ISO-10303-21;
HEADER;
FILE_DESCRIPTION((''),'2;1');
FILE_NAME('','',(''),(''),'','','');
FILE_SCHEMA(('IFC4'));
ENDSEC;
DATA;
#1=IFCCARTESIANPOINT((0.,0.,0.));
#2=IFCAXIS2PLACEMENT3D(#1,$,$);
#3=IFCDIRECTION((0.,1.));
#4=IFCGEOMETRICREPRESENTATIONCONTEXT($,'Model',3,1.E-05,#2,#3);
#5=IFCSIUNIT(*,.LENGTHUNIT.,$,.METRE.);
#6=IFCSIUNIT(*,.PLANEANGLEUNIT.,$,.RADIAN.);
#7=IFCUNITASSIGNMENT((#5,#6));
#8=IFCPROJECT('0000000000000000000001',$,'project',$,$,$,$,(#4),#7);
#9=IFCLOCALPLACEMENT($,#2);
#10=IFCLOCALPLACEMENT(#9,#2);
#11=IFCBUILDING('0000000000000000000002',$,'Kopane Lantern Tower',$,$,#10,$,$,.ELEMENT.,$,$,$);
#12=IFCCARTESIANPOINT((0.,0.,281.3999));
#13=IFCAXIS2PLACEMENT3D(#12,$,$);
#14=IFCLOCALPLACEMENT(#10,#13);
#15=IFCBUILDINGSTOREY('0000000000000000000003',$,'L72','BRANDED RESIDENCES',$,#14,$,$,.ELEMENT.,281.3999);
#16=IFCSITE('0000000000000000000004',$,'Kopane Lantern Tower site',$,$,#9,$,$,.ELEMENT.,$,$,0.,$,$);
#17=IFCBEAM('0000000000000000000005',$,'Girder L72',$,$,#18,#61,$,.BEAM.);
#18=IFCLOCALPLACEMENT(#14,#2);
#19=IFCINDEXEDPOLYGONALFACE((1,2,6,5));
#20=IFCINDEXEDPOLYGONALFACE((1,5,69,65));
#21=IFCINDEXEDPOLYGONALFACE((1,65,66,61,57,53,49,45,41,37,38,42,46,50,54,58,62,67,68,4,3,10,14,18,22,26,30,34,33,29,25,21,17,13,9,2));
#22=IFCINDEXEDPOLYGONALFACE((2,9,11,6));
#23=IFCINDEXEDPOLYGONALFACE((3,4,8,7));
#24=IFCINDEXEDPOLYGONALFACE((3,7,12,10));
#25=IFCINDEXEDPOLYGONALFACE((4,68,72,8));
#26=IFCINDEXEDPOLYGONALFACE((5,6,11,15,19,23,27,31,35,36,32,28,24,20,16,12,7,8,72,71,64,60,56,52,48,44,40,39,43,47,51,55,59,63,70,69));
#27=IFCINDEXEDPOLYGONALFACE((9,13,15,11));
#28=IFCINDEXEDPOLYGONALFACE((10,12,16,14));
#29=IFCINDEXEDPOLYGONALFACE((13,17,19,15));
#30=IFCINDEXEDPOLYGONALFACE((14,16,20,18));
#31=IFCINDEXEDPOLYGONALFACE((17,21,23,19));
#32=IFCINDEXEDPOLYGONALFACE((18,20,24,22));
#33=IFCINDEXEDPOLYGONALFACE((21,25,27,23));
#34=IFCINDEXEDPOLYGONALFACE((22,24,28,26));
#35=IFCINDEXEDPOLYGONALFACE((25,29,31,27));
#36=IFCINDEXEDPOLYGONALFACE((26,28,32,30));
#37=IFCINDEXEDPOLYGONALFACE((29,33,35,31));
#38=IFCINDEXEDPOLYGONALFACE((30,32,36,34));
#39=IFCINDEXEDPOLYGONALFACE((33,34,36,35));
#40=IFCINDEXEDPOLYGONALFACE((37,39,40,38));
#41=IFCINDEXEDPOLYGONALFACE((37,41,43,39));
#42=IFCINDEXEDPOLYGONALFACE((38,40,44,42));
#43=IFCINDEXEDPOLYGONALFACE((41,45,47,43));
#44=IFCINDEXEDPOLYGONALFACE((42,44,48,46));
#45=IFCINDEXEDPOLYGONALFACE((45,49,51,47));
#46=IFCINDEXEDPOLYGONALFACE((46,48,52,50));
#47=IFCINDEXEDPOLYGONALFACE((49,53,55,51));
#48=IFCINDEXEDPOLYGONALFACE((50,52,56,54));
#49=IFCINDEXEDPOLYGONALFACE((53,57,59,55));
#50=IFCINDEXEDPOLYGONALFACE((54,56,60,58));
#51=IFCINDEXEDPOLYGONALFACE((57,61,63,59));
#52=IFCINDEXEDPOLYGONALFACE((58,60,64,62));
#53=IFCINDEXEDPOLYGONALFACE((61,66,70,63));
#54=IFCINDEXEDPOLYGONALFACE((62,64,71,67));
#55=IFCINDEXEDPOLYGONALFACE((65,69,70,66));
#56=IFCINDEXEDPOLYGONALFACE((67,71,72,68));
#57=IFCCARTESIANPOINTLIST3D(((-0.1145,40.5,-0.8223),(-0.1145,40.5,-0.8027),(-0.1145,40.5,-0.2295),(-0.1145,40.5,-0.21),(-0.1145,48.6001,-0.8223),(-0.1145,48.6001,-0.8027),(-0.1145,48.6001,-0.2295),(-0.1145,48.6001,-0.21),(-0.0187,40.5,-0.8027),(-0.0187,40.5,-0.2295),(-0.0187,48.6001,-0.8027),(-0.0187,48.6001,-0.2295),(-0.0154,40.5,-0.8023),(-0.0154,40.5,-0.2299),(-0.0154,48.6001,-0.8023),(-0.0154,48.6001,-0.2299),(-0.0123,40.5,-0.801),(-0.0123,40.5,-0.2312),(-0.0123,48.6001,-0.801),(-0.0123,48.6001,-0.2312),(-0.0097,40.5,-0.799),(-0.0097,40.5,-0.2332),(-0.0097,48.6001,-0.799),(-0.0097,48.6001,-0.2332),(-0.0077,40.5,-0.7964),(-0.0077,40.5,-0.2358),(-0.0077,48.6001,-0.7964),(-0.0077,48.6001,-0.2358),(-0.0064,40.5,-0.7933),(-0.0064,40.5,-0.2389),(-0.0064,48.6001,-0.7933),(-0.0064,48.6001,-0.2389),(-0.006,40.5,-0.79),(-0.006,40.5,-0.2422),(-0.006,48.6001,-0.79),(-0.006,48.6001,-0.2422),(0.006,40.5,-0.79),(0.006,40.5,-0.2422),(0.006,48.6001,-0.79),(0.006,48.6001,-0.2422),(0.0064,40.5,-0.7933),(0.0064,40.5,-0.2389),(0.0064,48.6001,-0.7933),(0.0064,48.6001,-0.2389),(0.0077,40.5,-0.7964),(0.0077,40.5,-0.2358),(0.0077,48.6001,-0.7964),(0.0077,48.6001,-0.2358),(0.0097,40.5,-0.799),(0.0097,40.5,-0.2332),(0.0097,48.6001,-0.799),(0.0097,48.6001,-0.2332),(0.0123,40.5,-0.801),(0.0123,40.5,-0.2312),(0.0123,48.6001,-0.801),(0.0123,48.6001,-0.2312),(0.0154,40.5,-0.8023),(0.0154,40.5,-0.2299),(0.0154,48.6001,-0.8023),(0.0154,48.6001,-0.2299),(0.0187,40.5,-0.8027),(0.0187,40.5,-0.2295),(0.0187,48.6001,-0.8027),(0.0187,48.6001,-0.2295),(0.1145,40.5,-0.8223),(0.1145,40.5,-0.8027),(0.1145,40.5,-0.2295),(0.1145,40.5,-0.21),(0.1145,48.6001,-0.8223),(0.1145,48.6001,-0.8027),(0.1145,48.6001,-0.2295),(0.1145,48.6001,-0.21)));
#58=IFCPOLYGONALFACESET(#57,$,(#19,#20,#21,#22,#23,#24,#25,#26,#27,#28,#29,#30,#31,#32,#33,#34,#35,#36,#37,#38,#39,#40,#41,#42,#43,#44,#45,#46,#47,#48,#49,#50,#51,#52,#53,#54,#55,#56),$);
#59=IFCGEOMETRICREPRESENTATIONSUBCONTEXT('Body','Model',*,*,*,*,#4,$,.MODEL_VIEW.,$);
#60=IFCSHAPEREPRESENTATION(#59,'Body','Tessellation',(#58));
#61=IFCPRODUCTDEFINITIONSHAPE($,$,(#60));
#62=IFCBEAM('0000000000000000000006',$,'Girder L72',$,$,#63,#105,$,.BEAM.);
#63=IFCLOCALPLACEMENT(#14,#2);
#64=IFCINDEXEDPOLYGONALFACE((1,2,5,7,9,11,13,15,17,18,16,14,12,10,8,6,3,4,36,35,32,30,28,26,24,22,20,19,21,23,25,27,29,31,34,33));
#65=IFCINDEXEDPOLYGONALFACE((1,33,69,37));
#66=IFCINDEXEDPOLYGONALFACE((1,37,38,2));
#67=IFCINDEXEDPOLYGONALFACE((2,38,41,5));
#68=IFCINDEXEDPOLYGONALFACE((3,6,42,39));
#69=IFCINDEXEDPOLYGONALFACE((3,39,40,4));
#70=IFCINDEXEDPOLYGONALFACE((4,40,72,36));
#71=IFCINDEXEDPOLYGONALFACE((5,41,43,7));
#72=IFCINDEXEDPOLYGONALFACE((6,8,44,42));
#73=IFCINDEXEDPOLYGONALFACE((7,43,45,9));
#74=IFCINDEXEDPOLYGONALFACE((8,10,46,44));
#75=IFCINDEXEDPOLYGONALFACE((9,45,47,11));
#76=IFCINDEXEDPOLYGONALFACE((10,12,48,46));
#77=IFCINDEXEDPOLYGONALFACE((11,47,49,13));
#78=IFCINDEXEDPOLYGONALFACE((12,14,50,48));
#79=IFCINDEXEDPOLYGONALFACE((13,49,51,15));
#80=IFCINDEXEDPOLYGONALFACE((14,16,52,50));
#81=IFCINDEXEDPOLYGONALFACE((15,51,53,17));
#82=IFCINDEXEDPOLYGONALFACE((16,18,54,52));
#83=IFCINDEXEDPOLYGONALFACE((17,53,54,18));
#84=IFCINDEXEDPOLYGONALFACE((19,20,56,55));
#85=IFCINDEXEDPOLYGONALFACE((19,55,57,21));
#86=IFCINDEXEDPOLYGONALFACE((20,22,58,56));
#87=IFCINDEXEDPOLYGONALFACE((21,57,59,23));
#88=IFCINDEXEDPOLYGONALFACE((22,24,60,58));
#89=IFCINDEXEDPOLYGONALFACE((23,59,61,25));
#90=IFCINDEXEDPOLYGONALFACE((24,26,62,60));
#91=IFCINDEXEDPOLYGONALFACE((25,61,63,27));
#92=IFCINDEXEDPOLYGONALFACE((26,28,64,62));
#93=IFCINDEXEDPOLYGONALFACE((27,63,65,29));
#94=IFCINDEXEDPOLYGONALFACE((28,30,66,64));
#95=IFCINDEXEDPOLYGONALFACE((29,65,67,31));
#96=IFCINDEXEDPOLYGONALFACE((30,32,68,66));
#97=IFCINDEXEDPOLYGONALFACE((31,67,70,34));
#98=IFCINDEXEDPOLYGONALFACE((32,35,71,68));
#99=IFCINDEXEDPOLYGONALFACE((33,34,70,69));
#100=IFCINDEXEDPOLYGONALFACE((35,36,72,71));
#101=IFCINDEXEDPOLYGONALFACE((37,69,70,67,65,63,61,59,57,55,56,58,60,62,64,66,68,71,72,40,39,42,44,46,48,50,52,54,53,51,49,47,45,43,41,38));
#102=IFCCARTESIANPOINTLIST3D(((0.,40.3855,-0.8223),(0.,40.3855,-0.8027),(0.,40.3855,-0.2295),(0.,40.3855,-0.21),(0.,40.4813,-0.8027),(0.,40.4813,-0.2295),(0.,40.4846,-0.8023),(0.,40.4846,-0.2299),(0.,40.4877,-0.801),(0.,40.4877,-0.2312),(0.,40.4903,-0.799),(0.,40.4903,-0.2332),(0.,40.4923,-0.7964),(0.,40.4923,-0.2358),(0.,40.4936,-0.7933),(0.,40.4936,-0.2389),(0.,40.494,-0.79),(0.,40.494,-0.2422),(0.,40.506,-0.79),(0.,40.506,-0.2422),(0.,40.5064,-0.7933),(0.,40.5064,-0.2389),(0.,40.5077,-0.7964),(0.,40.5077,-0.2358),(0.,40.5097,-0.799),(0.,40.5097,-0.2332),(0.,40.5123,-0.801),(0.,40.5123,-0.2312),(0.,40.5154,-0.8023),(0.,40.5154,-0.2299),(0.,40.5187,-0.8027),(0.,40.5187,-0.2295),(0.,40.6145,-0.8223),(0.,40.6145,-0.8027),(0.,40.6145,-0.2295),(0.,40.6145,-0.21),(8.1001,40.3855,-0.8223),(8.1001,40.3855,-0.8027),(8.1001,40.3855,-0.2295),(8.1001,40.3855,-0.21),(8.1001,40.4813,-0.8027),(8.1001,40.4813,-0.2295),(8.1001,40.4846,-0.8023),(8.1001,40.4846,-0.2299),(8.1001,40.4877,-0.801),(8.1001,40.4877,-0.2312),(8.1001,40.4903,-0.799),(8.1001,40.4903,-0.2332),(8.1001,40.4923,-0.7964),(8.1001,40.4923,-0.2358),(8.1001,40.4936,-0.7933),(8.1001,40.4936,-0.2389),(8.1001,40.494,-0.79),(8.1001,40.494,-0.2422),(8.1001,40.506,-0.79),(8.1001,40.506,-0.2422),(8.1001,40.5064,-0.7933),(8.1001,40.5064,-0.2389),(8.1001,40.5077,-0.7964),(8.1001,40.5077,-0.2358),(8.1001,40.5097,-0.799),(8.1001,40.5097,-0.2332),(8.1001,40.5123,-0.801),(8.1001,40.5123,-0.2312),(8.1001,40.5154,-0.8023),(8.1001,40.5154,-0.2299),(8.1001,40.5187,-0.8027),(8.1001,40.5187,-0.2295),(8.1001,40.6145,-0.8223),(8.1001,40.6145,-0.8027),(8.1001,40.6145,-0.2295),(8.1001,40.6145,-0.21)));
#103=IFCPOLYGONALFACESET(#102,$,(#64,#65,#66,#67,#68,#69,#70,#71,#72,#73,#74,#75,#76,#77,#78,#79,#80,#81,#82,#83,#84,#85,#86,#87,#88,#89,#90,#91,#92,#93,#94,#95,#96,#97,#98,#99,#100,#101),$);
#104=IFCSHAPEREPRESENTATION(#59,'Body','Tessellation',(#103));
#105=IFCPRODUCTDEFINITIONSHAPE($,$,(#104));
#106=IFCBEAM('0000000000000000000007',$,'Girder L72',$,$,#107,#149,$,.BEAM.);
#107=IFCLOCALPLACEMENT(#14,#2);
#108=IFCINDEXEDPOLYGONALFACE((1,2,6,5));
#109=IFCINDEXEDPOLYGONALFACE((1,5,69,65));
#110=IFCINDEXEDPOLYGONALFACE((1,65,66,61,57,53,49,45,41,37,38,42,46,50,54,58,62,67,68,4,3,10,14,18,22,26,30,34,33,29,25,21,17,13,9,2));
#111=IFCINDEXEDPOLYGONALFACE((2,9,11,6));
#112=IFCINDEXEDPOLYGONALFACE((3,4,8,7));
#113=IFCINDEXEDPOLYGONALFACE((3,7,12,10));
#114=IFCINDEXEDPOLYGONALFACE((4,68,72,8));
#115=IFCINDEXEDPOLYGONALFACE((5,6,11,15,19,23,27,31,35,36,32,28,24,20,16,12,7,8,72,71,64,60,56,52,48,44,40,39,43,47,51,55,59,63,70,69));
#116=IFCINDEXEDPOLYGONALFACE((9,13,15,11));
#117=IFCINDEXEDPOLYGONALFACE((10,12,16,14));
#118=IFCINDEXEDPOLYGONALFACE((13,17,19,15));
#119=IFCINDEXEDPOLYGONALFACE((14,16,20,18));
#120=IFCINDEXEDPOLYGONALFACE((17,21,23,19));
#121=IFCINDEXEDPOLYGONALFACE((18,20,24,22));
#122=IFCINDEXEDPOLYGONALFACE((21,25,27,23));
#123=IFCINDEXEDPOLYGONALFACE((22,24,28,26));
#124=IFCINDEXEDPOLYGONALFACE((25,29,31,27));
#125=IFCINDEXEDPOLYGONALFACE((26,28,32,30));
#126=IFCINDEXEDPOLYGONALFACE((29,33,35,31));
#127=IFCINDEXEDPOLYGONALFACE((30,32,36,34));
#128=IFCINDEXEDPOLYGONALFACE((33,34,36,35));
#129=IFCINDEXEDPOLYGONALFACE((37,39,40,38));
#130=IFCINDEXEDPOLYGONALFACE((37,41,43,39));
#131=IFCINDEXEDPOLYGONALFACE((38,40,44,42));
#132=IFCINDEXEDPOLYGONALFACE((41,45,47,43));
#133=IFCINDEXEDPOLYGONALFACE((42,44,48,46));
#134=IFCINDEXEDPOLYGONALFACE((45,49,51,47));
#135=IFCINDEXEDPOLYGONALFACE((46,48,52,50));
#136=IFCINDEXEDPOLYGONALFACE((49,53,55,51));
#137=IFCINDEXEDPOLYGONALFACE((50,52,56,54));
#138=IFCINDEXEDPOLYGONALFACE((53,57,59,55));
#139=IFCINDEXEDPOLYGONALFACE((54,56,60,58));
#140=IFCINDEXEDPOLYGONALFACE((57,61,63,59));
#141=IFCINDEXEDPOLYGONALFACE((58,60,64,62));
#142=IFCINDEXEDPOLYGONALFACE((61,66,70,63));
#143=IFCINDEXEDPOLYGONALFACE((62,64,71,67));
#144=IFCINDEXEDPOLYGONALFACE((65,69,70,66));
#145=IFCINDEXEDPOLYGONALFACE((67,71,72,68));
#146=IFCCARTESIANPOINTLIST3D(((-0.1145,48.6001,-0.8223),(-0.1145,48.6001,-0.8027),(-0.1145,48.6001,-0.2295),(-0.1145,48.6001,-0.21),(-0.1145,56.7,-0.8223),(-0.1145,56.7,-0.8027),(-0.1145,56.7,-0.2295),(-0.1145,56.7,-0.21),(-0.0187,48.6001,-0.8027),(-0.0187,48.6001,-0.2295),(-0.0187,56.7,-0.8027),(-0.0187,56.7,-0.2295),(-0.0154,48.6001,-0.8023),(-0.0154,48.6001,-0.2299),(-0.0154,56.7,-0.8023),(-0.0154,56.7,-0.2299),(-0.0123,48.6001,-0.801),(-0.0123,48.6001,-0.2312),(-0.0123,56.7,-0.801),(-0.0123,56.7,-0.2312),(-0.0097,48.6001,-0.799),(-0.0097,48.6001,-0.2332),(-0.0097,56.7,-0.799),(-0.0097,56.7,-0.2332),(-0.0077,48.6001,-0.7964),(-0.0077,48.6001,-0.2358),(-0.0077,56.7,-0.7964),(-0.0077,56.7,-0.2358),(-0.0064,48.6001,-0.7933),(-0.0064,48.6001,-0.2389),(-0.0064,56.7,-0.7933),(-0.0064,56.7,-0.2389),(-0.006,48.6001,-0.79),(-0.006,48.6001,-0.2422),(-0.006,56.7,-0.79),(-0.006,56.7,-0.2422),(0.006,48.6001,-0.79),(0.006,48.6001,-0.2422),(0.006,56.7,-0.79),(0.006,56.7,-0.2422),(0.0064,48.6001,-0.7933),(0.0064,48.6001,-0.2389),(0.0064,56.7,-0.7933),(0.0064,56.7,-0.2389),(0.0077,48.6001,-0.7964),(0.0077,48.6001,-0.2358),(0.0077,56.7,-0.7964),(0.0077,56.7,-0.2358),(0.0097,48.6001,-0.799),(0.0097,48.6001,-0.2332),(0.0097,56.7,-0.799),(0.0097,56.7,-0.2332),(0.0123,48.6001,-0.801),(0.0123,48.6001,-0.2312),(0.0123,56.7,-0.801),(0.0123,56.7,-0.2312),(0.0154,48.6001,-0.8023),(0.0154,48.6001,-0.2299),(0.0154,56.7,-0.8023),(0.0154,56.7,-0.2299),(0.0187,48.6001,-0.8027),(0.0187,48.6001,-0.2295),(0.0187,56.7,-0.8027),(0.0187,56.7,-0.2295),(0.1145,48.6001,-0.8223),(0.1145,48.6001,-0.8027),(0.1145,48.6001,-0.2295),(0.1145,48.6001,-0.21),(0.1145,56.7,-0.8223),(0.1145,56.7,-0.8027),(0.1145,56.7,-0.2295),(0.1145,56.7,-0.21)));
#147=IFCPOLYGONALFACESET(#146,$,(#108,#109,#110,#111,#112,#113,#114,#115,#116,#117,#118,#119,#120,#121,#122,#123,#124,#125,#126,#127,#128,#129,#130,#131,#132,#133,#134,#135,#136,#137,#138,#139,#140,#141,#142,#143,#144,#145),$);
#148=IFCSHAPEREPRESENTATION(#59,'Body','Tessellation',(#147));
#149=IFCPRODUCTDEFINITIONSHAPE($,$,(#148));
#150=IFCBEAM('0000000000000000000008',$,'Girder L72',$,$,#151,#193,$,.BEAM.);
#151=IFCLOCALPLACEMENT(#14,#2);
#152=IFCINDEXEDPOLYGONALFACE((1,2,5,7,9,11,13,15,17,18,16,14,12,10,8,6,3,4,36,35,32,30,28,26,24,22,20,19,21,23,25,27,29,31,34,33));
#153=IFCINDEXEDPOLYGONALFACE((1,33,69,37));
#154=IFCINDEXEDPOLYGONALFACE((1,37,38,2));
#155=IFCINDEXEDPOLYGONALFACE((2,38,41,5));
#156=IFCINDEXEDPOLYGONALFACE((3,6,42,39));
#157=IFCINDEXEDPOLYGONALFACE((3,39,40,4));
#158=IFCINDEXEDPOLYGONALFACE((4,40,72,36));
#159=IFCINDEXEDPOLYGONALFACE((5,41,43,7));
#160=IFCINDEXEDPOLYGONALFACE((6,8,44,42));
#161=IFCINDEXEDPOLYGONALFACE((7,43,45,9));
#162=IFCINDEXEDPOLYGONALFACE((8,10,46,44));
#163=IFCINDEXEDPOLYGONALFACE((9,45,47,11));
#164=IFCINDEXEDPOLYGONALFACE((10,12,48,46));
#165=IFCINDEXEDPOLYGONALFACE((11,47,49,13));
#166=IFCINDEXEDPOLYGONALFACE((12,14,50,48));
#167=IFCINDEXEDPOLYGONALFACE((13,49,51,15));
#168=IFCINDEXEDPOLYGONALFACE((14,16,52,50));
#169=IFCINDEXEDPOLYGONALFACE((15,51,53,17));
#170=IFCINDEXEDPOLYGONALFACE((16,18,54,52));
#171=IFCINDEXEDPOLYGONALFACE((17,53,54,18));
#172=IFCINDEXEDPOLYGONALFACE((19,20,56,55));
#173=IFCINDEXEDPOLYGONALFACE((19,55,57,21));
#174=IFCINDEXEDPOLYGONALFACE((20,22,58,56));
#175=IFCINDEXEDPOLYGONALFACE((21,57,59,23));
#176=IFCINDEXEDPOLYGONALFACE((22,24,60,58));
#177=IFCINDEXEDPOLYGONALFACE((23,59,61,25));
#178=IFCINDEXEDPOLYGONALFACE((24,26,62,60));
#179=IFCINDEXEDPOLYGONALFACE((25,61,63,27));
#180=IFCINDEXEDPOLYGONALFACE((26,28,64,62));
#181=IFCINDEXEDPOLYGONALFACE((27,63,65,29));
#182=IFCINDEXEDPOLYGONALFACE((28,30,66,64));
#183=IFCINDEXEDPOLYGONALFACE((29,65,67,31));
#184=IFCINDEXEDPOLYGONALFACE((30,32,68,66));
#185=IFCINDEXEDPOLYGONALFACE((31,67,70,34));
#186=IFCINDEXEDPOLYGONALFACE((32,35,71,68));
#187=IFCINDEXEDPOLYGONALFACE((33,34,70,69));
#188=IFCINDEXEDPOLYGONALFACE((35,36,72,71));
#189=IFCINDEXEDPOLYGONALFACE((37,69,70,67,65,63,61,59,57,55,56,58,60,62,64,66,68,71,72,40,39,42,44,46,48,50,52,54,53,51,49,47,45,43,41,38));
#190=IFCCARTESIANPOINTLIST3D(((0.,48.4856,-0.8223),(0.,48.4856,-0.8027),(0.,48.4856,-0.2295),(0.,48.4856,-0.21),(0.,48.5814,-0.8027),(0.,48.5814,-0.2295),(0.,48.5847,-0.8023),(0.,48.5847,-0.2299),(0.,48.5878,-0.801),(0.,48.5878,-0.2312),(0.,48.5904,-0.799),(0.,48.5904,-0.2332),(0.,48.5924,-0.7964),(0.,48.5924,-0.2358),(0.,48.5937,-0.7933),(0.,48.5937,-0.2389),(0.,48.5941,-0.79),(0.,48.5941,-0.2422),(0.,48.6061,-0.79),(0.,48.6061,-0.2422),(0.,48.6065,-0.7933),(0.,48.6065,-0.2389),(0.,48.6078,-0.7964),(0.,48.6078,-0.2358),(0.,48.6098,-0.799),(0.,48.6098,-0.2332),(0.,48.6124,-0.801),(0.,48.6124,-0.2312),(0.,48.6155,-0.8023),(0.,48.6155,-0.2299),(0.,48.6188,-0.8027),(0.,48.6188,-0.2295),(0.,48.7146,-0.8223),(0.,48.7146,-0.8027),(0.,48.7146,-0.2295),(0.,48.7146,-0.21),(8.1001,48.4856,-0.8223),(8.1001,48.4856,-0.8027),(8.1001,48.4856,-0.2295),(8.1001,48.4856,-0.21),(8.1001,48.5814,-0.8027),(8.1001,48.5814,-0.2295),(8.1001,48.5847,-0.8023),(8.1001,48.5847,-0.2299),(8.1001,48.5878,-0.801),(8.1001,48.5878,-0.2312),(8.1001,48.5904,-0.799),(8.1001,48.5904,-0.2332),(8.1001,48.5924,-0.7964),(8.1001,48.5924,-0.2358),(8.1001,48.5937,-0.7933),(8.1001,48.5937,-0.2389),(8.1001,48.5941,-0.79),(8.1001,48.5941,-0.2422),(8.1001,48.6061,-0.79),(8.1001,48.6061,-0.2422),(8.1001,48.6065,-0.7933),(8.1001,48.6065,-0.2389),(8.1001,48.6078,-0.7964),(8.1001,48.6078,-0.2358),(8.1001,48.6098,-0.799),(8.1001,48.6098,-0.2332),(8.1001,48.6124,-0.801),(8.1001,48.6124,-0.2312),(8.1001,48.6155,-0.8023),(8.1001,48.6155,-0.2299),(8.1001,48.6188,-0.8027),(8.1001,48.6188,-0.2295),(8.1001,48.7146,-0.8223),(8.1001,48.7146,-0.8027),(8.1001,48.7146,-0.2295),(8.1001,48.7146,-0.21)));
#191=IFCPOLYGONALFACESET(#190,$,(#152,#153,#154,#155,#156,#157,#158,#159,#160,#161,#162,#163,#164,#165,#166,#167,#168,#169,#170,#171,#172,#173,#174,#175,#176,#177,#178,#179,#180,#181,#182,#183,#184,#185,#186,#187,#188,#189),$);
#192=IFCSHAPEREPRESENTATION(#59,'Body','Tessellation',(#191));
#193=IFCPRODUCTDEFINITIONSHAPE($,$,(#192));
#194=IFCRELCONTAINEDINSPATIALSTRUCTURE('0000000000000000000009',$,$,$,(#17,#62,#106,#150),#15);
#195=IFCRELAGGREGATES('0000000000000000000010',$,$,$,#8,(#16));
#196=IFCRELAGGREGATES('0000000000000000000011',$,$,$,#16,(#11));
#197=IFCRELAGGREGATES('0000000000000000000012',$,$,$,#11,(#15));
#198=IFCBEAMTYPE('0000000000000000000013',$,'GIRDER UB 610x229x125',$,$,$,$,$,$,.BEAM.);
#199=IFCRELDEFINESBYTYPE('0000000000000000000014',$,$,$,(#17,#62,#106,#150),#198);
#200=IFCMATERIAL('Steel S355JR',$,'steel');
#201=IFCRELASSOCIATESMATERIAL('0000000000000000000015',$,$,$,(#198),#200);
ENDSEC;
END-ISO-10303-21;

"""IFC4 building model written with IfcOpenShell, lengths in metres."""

from ifc_helpers import new_model, si_unit, direction, frame, origin, origin_2d, place, context, subcontext, project, spatial, i_section, extrude, material, material_profile, profile_set, type_object, element, save


model = new_model("IFC4")

# Units and contexts
model_context = context("Model", 3, precision=1e-05, world=origin(), true_north=direction((0.0, 1.0)))
body_context = subcontext(model_context, "Body", "Model", "MODEL_VIEW")
ifc_project = project(units=[si_unit("LENGTHUNIT", "METRE"), si_unit("PLANEANGLEUNIT", "RADIAN")], contexts=[model_context])

# Site, building, storey
site_placement = place(None, origin())
site = spatial("IfcSite", under=ifc_project, at=site_placement, Name="Kopane Lantern Tower site", CompositionType="ELEMENT", RefElevation=0.0)
building_placement = place(site_placement, origin())
building = spatial("IfcBuilding", under=site, at=building_placement, Name="Kopane Lantern Tower", CompositionType="ELEMENT")
storey_placement = place(building_placement, frame((0.0, 0.0, 281.3999)))
storey = spatial("IfcBuildingStorey", under=building, at=storey_placement, Name="L72", Description="BRANDED RESIDENCES", CompositionType="ELEMENT", Elevation=281.3999)

# Beams
ifc_material_1 = material(Name="Steel S355JR", Category="steel")
ifc_material_profile_1 = material_profile(ifc_material_1, i_section(OverallWidth=0.229, OverallDepth=0.6123, WebThickness=0.012, FlangeThickness=0.0195, FilletRadius=0.0127, at=origin_2d()), Name="UB 610x229x125")
ifc_profile_set_1 = profile_set([ifc_material_profile_1], Name="Steel S355JR")
beam_type = type_object("IfcBeamType", Name="GIRDER UB 610x229x125", PredefinedType="BEAM", material=ifc_profile_set_1)
for number, where, z_axis, x_axis, name in (
    (1, (0.0, 40.5, -0.5161), (0.0, 1.0, 0.0), (-1.0, 0.0, 0.0), "Girder L72"),
    (2, (0.0, 40.5, -0.5161), (1.0, 0.0, 0.0), (0.0, 1.0, 0.0), "Girder L72"),
):
    element("IfcBeam", number, at=place(storey_placement, frame(where, z_axis=z_axis, x_axis=x_axis)), inside=storey, type_object=beam_type, Name=name, PredefinedType="BEAM", context=body_context, shape_type="SweptSolid", body=[
        extrude(i_section(OverallWidth=0.229, OverallDepth=0.6123, WebThickness=0.012, FlangeThickness=0.0195, FilletRadius=0.0127, at=origin_2d()), origin(), (0.0, 0.0, 1.0), 8.1001),
    ])
beam_placement = place(storey_placement, frame((0.0, 48.6001, -0.5161), z_axis=(0.0, 1.0, 0.0), x_axis=(-1.0, 0.0, 0.0)))
element("IfcBeam", 3, at=beam_placement, inside=storey, type_object=beam_type, Name="Girder L72", PredefinedType="BEAM", context=body_context, shape_type="SweptSolid", body=[
    extrude(i_section(OverallWidth=0.229, OverallDepth=0.6123, WebThickness=0.012, FlangeThickness=0.0195, FilletRadius=0.0127, at=origin_2d()), origin(), (0.0, 0.0, 1.0), 8.0999),
])
for number, where, z_axis, x_axis, name in (
    (4, (0.0, 48.6001, -0.5161), (1.0, 0.0, 0.0), (0.0, 1.0, 0.0), "Girder L72"),
):
    element("IfcBeam", number, at=place(storey_placement, frame(where, z_axis=z_axis, x_axis=x_axis)), inside=storey, type_object=beam_type, Name=name, PredefinedType="BEAM", context=body_context, shape_type="SweptSolid", body=[
        extrude(i_section(OverallWidth=0.229, OverallDepth=0.6123, WebThickness=0.012, FlangeThickness=0.0195, FilletRadius=0.0127, at=origin_2d()), origin(), (0.0, 0.0, 1.0), 8.1001),
    ])

save(model, "model.ifc")
